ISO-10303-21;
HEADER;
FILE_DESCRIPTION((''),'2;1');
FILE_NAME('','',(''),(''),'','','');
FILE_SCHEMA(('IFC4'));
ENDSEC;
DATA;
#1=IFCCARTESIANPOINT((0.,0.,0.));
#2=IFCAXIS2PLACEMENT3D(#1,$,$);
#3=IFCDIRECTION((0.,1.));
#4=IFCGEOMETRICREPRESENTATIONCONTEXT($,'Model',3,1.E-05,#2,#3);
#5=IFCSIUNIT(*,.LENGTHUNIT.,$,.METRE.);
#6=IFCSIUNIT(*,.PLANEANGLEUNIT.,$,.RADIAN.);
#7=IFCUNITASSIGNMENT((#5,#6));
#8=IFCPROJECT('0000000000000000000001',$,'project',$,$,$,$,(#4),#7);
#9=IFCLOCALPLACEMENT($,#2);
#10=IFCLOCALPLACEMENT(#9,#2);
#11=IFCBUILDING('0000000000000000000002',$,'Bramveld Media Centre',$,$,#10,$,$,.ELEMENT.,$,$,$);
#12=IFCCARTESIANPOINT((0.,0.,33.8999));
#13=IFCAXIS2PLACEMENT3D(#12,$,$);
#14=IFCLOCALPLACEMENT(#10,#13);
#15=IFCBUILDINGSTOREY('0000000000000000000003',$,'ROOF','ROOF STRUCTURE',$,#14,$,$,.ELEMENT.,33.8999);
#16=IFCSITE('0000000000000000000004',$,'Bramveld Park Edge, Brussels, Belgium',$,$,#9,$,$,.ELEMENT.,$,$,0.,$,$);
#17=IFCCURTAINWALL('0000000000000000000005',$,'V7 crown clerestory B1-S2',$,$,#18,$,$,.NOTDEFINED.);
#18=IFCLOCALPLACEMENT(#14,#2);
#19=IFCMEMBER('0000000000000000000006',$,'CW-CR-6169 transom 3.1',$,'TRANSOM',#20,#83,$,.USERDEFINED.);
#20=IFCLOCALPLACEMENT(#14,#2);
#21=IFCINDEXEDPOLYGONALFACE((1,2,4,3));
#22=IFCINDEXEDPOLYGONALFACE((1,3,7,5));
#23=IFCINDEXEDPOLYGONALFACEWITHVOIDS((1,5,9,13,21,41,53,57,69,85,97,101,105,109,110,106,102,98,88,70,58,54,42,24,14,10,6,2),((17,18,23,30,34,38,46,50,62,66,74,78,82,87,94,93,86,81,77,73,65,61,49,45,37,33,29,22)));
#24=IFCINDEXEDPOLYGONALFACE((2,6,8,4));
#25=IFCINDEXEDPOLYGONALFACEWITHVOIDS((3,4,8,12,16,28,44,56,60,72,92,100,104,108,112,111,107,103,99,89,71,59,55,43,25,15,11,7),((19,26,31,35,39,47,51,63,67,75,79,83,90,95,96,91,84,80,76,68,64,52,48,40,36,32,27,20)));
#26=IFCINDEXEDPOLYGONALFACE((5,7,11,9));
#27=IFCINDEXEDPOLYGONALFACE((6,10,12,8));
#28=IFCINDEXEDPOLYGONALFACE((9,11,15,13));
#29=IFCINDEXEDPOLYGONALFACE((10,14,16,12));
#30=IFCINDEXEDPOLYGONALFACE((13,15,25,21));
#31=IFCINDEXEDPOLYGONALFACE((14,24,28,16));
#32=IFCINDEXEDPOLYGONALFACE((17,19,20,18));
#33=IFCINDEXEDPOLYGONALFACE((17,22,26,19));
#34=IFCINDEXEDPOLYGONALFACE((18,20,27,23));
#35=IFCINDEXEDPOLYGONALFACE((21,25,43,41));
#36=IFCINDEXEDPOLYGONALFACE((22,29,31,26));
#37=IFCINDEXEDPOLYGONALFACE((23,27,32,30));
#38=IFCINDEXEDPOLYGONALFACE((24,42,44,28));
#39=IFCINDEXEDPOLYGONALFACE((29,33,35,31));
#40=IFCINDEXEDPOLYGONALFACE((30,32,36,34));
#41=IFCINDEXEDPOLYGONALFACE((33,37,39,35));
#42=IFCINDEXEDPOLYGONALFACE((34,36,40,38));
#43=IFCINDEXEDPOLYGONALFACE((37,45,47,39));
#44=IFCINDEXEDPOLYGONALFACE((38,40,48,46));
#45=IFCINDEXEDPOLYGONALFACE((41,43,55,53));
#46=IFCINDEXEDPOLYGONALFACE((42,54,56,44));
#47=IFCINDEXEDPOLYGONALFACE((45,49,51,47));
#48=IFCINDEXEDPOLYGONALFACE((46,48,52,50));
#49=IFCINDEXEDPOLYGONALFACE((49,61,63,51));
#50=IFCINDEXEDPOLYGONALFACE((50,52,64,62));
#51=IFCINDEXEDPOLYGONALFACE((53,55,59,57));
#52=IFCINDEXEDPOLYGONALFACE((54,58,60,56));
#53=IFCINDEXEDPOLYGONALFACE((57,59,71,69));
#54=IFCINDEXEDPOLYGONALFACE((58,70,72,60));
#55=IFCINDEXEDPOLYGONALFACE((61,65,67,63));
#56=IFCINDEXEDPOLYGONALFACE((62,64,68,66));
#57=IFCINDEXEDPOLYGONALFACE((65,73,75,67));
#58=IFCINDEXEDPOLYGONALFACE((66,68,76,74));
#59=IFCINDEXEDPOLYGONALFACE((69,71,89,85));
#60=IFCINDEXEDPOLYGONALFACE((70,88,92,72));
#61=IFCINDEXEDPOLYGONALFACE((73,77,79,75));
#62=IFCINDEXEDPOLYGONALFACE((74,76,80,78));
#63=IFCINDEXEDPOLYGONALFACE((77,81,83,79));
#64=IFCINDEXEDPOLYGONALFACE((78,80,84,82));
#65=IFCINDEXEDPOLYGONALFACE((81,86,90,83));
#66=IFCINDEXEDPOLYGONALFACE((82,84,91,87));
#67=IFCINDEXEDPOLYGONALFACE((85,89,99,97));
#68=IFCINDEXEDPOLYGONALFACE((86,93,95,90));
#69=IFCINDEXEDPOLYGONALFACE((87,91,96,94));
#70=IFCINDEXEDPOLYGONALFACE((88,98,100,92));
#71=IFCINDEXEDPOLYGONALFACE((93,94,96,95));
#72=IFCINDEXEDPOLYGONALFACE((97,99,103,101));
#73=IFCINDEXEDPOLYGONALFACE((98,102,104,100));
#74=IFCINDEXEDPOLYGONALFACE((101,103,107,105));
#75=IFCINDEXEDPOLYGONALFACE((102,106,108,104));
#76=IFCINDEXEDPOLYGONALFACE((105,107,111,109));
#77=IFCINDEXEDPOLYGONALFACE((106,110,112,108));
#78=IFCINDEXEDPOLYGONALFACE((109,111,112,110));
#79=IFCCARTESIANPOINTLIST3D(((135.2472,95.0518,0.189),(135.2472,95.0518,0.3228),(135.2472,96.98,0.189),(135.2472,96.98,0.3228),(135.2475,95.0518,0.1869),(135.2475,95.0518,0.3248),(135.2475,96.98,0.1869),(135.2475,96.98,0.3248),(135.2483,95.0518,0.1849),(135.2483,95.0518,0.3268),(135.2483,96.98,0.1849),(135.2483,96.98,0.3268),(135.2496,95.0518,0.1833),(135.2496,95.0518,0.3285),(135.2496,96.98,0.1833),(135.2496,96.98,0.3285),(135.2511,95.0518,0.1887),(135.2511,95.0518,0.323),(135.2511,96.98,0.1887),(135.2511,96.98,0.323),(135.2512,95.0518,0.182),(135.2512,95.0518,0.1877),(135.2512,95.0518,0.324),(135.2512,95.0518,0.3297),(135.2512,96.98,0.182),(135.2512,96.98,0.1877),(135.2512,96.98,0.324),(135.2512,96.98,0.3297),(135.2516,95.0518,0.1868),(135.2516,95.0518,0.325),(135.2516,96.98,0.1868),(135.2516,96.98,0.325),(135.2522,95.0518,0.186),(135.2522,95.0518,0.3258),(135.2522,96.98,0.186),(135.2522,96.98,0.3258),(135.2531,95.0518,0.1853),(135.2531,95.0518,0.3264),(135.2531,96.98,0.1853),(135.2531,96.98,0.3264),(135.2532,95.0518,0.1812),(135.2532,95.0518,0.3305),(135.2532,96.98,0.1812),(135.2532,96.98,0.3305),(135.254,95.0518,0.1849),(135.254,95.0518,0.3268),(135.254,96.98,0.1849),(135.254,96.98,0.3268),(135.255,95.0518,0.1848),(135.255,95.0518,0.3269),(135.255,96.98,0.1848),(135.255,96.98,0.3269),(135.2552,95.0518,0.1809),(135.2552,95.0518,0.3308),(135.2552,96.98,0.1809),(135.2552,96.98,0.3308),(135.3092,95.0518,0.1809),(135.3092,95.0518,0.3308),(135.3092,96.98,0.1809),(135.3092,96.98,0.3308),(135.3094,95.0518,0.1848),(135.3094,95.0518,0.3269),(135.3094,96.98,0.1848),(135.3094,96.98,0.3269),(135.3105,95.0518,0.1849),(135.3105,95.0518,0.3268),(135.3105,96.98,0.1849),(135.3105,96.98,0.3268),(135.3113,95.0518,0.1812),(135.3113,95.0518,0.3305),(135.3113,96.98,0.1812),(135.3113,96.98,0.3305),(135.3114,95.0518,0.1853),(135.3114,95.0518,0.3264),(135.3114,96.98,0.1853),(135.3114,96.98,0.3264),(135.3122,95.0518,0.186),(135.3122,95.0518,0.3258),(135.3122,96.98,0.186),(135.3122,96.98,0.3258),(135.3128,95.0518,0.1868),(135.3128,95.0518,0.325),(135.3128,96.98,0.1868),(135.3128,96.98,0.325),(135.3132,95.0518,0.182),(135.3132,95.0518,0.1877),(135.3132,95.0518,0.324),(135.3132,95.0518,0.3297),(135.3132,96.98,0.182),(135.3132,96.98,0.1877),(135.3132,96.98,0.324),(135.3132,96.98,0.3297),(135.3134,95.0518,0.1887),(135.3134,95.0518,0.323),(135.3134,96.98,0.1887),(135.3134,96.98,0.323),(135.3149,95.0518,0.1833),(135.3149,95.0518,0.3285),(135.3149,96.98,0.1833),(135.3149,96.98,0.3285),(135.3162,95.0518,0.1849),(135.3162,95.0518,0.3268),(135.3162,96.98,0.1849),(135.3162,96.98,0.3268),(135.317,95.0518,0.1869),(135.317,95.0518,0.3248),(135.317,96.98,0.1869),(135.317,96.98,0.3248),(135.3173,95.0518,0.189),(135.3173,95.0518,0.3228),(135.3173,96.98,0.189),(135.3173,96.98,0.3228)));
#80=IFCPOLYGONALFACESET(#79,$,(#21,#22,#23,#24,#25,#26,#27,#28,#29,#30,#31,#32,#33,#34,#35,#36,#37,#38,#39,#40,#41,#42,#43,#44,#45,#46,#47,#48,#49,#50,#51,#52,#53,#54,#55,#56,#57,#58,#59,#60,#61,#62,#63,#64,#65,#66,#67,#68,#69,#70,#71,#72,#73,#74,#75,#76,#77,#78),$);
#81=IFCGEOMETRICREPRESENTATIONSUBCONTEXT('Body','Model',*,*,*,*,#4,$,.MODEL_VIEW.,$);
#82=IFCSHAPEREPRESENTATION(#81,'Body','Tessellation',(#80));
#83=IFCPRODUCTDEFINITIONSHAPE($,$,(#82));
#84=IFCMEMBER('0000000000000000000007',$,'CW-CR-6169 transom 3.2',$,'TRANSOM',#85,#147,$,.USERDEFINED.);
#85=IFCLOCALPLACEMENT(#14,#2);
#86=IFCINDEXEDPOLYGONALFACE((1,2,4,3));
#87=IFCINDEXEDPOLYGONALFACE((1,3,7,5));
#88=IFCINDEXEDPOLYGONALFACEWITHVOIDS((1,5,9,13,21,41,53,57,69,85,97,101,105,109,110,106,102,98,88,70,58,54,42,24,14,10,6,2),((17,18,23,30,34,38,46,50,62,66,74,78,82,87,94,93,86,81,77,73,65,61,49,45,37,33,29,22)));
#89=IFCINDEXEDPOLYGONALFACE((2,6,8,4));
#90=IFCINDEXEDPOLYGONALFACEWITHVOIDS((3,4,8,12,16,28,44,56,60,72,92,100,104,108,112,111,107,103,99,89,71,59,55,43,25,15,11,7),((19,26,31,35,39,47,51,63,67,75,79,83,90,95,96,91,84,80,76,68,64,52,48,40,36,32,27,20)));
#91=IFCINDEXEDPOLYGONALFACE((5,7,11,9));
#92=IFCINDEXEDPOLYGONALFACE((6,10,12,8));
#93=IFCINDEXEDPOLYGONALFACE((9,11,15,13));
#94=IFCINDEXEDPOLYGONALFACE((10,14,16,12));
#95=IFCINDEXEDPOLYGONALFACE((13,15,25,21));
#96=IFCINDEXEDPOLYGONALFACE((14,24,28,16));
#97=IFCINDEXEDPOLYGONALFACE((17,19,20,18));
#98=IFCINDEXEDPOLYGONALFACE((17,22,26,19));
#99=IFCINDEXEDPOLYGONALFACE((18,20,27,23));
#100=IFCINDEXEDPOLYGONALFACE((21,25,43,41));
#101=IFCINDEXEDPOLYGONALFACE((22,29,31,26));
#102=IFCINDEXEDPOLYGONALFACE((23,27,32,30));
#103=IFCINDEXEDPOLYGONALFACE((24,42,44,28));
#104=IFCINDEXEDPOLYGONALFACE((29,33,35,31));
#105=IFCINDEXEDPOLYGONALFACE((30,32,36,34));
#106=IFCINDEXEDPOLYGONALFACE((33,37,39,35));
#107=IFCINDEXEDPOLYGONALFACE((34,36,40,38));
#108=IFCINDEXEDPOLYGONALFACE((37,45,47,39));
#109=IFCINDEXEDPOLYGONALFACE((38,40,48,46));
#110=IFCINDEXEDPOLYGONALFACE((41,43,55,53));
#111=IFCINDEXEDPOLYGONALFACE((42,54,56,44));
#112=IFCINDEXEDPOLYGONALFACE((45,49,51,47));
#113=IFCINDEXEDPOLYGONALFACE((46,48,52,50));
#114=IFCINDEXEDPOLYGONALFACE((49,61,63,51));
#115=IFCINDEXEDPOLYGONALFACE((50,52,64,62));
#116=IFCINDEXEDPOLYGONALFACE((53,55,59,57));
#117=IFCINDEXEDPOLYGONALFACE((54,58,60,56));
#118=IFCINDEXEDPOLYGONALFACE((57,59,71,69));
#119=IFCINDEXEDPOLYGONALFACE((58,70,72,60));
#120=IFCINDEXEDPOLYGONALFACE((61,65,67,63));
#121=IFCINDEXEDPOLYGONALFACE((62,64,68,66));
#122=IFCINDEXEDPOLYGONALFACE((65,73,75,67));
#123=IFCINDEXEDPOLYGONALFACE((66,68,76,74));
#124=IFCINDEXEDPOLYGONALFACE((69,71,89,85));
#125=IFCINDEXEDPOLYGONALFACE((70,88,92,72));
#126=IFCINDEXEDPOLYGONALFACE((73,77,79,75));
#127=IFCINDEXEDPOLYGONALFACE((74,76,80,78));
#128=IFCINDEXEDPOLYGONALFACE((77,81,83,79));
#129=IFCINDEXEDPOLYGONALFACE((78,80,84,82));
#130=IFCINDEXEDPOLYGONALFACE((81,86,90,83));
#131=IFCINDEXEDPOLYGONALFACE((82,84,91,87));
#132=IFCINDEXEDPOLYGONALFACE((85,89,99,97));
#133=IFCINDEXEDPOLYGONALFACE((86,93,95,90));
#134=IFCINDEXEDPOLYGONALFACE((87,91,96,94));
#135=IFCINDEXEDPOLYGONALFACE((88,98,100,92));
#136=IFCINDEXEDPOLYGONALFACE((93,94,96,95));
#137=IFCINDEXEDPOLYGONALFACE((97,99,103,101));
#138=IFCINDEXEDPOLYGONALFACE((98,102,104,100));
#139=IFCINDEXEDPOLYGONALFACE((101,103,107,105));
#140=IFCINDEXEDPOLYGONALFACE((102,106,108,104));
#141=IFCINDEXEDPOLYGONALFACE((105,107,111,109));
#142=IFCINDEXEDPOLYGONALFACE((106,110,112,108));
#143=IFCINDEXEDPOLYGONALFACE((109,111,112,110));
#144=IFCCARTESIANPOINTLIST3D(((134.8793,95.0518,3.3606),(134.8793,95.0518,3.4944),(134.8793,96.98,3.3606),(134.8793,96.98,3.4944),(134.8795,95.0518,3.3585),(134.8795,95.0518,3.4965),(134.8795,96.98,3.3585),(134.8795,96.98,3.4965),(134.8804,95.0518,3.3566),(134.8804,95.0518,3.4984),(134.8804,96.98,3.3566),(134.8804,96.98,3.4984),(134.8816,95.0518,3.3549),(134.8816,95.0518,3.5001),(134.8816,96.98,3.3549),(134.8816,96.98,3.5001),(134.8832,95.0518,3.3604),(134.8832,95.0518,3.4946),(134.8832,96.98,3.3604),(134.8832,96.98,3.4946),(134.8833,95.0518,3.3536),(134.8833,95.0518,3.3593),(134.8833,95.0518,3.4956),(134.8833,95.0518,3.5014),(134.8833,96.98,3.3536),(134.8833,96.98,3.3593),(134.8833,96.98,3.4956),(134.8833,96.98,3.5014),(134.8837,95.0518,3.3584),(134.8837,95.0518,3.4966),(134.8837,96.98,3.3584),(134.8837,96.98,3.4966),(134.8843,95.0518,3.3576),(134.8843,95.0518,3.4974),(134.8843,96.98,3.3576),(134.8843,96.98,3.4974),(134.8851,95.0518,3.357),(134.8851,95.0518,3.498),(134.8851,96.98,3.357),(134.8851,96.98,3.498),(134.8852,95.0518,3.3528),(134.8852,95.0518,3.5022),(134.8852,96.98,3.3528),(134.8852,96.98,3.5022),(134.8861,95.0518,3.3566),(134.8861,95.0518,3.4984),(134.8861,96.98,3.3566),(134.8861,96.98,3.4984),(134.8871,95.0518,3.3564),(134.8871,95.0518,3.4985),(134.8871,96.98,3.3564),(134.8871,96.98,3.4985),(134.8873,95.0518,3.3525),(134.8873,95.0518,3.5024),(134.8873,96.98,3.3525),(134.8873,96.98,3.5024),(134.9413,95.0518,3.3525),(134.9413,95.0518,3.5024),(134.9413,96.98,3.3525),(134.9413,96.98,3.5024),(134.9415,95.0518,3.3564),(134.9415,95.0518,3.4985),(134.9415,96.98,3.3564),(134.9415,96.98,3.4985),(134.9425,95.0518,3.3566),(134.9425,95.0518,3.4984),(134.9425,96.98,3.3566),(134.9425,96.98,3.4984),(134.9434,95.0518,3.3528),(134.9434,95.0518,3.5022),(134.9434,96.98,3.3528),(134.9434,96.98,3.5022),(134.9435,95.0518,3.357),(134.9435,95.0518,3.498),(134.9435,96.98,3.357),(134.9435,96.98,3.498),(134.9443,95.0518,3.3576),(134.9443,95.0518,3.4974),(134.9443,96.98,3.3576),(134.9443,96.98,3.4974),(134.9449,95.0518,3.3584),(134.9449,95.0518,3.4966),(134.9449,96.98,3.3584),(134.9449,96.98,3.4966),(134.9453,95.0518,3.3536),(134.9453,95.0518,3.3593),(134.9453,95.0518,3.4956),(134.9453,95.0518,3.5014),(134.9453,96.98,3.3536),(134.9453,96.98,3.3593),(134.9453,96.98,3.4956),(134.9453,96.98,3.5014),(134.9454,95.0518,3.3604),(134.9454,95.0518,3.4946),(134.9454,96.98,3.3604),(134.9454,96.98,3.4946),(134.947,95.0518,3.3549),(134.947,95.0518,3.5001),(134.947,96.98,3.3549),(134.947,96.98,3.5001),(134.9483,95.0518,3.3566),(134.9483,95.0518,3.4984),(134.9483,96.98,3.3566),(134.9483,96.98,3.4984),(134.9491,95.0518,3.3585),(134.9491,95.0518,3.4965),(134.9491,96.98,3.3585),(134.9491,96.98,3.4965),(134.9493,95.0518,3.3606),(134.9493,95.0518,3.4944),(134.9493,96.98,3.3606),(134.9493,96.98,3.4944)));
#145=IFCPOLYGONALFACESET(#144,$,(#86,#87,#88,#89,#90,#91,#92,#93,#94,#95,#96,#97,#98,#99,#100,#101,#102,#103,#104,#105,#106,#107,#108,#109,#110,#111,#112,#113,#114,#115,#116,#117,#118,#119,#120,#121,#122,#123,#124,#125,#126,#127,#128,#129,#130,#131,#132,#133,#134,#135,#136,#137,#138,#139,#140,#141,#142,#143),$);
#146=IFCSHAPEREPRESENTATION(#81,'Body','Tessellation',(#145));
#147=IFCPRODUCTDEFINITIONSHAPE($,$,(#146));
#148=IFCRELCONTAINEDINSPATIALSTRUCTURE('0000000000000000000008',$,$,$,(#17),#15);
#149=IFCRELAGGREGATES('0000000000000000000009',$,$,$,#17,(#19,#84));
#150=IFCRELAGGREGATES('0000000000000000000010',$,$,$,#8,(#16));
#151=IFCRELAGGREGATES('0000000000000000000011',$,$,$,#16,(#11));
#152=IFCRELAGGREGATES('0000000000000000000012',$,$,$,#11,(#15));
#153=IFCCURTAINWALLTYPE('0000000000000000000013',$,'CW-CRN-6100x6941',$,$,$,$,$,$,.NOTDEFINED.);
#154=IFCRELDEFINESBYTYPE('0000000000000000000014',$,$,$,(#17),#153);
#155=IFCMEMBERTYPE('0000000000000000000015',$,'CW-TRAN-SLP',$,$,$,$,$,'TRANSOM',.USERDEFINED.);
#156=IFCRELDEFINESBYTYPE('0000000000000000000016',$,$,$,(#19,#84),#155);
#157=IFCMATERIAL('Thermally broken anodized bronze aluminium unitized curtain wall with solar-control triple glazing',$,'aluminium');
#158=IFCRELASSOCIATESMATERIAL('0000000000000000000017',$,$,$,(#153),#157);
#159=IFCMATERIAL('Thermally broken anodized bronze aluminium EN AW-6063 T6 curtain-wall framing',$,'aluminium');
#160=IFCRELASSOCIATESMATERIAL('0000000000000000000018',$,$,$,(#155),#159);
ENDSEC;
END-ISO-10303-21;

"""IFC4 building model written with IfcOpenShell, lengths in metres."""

from ifc_helpers import new_model, si_unit, direction, frame, origin, origin_2d, place, context, subcontext, project, spatial, hollow_rectangle, extrude, material, material_profile, profile_set, type_object, element, aggregate, save


model = new_model("IFC4")

# Units and contexts
model_context = context("Model", 3, precision=1e-05, world=origin(), true_north=direction((0.0, 1.0)))
body_context = subcontext(model_context, "Body", "Model", "MODEL_VIEW")
ifc_project = project(units=[si_unit("LENGTHUNIT", "METRE"), si_unit("PLANEANGLEUNIT", "RADIAN")], contexts=[model_context])

# Site, building, storey
site_placement = place(None, origin())
site = spatial("IfcSite", under=ifc_project, at=site_placement, Name="Bramveld Park Edge, Brussels, Belgium", CompositionType="ELEMENT", RefElevation=0.0)
building_placement = place(site_placement, origin())
building = spatial("IfcBuilding", under=site, at=building_placement, Name="Bramveld Media Centre", CompositionType="ELEMENT")
storey_placement = place(building_placement, frame((0.0, 0.0, 33.8999)))
storey = spatial("IfcBuildingStorey", under=building, at=storey_placement, Name="ROOF", Description="ROOF STRUCTURE", CompositionType="ELEMENT", Elevation=33.8999)

# Curtain wall, members
ifc_material_1 = material(Name="Thermally broken anodized bronze aluminium unitized curtain wall with solar-control triple glazing", Category="aluminium")
curtain_wall_type = type_object("IfcCurtainWallType", Name="CW-CRN-6100x6941", PredefinedType="NOTDEFINED", material=ifc_material_1)
curtain_wall_1_placement = place(storey_placement, origin())
curtain_wall_1 = element("IfcCurtainWall", 1, at=curtain_wall_1_placement, inside=storey, type_object=curtain_wall_type, Name="V7 crown clerestory B1-S2", PredefinedType="NOTDEFINED")
ifc_material_2 = material(Name="Thermally broken anodized bronze aluminium EN AW-6063 T6 curtain-wall framing", Category="aluminium")
ifc_material_profile_1 = material_profile(ifc_material_2, hollow_rectangle(XDim=0.0701, YDim=0.1499, WallThickness=0.0039, InnerFilletRadius=0.0039, OuterFilletRadius=0.0081, at=origin_2d()), Name="AL-TRAN 70x150")
ifc_profile_set_1 = profile_set([ifc_material_profile_1], Name="Thermally broken anodized bronze aluminium EN AW-6063 T6 curtain-wall framing")
member_type_1 = type_object("IfcMemberType", Name="CW-TRAN-SLP", ElementType="TRANSOM", PredefinedType="USERDEFINED", material=ifc_profile_set_1)
member_1_placement = place(storey_placement, frame((135.2822, 95.0518, 0.2559), z_axis=(0.0, 1.0, 0.0), x_axis=(-1.0, 0.0, 0.0)))
member_1 = element("IfcMember", 2, at=member_1_placement, type_object=member_type_1, Name="CW-CR-6169 transom 3.1", ObjectType="TRANSOM", PredefinedType="USERDEFINED", context=body_context, shape_type="SweptSolid", body=[
    extrude(hollow_rectangle(XDim=0.0701, YDim=0.1499, WallThickness=0.0039, InnerFilletRadius=0.0039, OuterFilletRadius=0.0081, at=origin_2d()), origin(), (0.0, 0.0, 1.0), 1.9282),
])
member_2_placement = place(storey_placement, frame((134.9143, 95.0518, 3.4275), z_axis=(0.0, 1.0, 0.0), x_axis=(-1.0, 0.0, 0.0)))
member_2 = element("IfcMember", 3, at=member_2_placement, type_object=member_type_1, Name="CW-CR-6169 transom 3.2", ObjectType="TRANSOM", PredefinedType="USERDEFINED", context=body_context, shape_type="SweptSolid", body=[
    extrude(hollow_rectangle(XDim=0.0701, YDim=0.1499, WallThickness=0.0039, InnerFilletRadius=0.0039, OuterFilletRadius=0.0081, at=origin_2d()), origin(), (0.0, 0.0, 1.0), 1.9282),
])

aggregate(curtain_wall_1, [member_1, member_2])

save(model, "model.ifc")
